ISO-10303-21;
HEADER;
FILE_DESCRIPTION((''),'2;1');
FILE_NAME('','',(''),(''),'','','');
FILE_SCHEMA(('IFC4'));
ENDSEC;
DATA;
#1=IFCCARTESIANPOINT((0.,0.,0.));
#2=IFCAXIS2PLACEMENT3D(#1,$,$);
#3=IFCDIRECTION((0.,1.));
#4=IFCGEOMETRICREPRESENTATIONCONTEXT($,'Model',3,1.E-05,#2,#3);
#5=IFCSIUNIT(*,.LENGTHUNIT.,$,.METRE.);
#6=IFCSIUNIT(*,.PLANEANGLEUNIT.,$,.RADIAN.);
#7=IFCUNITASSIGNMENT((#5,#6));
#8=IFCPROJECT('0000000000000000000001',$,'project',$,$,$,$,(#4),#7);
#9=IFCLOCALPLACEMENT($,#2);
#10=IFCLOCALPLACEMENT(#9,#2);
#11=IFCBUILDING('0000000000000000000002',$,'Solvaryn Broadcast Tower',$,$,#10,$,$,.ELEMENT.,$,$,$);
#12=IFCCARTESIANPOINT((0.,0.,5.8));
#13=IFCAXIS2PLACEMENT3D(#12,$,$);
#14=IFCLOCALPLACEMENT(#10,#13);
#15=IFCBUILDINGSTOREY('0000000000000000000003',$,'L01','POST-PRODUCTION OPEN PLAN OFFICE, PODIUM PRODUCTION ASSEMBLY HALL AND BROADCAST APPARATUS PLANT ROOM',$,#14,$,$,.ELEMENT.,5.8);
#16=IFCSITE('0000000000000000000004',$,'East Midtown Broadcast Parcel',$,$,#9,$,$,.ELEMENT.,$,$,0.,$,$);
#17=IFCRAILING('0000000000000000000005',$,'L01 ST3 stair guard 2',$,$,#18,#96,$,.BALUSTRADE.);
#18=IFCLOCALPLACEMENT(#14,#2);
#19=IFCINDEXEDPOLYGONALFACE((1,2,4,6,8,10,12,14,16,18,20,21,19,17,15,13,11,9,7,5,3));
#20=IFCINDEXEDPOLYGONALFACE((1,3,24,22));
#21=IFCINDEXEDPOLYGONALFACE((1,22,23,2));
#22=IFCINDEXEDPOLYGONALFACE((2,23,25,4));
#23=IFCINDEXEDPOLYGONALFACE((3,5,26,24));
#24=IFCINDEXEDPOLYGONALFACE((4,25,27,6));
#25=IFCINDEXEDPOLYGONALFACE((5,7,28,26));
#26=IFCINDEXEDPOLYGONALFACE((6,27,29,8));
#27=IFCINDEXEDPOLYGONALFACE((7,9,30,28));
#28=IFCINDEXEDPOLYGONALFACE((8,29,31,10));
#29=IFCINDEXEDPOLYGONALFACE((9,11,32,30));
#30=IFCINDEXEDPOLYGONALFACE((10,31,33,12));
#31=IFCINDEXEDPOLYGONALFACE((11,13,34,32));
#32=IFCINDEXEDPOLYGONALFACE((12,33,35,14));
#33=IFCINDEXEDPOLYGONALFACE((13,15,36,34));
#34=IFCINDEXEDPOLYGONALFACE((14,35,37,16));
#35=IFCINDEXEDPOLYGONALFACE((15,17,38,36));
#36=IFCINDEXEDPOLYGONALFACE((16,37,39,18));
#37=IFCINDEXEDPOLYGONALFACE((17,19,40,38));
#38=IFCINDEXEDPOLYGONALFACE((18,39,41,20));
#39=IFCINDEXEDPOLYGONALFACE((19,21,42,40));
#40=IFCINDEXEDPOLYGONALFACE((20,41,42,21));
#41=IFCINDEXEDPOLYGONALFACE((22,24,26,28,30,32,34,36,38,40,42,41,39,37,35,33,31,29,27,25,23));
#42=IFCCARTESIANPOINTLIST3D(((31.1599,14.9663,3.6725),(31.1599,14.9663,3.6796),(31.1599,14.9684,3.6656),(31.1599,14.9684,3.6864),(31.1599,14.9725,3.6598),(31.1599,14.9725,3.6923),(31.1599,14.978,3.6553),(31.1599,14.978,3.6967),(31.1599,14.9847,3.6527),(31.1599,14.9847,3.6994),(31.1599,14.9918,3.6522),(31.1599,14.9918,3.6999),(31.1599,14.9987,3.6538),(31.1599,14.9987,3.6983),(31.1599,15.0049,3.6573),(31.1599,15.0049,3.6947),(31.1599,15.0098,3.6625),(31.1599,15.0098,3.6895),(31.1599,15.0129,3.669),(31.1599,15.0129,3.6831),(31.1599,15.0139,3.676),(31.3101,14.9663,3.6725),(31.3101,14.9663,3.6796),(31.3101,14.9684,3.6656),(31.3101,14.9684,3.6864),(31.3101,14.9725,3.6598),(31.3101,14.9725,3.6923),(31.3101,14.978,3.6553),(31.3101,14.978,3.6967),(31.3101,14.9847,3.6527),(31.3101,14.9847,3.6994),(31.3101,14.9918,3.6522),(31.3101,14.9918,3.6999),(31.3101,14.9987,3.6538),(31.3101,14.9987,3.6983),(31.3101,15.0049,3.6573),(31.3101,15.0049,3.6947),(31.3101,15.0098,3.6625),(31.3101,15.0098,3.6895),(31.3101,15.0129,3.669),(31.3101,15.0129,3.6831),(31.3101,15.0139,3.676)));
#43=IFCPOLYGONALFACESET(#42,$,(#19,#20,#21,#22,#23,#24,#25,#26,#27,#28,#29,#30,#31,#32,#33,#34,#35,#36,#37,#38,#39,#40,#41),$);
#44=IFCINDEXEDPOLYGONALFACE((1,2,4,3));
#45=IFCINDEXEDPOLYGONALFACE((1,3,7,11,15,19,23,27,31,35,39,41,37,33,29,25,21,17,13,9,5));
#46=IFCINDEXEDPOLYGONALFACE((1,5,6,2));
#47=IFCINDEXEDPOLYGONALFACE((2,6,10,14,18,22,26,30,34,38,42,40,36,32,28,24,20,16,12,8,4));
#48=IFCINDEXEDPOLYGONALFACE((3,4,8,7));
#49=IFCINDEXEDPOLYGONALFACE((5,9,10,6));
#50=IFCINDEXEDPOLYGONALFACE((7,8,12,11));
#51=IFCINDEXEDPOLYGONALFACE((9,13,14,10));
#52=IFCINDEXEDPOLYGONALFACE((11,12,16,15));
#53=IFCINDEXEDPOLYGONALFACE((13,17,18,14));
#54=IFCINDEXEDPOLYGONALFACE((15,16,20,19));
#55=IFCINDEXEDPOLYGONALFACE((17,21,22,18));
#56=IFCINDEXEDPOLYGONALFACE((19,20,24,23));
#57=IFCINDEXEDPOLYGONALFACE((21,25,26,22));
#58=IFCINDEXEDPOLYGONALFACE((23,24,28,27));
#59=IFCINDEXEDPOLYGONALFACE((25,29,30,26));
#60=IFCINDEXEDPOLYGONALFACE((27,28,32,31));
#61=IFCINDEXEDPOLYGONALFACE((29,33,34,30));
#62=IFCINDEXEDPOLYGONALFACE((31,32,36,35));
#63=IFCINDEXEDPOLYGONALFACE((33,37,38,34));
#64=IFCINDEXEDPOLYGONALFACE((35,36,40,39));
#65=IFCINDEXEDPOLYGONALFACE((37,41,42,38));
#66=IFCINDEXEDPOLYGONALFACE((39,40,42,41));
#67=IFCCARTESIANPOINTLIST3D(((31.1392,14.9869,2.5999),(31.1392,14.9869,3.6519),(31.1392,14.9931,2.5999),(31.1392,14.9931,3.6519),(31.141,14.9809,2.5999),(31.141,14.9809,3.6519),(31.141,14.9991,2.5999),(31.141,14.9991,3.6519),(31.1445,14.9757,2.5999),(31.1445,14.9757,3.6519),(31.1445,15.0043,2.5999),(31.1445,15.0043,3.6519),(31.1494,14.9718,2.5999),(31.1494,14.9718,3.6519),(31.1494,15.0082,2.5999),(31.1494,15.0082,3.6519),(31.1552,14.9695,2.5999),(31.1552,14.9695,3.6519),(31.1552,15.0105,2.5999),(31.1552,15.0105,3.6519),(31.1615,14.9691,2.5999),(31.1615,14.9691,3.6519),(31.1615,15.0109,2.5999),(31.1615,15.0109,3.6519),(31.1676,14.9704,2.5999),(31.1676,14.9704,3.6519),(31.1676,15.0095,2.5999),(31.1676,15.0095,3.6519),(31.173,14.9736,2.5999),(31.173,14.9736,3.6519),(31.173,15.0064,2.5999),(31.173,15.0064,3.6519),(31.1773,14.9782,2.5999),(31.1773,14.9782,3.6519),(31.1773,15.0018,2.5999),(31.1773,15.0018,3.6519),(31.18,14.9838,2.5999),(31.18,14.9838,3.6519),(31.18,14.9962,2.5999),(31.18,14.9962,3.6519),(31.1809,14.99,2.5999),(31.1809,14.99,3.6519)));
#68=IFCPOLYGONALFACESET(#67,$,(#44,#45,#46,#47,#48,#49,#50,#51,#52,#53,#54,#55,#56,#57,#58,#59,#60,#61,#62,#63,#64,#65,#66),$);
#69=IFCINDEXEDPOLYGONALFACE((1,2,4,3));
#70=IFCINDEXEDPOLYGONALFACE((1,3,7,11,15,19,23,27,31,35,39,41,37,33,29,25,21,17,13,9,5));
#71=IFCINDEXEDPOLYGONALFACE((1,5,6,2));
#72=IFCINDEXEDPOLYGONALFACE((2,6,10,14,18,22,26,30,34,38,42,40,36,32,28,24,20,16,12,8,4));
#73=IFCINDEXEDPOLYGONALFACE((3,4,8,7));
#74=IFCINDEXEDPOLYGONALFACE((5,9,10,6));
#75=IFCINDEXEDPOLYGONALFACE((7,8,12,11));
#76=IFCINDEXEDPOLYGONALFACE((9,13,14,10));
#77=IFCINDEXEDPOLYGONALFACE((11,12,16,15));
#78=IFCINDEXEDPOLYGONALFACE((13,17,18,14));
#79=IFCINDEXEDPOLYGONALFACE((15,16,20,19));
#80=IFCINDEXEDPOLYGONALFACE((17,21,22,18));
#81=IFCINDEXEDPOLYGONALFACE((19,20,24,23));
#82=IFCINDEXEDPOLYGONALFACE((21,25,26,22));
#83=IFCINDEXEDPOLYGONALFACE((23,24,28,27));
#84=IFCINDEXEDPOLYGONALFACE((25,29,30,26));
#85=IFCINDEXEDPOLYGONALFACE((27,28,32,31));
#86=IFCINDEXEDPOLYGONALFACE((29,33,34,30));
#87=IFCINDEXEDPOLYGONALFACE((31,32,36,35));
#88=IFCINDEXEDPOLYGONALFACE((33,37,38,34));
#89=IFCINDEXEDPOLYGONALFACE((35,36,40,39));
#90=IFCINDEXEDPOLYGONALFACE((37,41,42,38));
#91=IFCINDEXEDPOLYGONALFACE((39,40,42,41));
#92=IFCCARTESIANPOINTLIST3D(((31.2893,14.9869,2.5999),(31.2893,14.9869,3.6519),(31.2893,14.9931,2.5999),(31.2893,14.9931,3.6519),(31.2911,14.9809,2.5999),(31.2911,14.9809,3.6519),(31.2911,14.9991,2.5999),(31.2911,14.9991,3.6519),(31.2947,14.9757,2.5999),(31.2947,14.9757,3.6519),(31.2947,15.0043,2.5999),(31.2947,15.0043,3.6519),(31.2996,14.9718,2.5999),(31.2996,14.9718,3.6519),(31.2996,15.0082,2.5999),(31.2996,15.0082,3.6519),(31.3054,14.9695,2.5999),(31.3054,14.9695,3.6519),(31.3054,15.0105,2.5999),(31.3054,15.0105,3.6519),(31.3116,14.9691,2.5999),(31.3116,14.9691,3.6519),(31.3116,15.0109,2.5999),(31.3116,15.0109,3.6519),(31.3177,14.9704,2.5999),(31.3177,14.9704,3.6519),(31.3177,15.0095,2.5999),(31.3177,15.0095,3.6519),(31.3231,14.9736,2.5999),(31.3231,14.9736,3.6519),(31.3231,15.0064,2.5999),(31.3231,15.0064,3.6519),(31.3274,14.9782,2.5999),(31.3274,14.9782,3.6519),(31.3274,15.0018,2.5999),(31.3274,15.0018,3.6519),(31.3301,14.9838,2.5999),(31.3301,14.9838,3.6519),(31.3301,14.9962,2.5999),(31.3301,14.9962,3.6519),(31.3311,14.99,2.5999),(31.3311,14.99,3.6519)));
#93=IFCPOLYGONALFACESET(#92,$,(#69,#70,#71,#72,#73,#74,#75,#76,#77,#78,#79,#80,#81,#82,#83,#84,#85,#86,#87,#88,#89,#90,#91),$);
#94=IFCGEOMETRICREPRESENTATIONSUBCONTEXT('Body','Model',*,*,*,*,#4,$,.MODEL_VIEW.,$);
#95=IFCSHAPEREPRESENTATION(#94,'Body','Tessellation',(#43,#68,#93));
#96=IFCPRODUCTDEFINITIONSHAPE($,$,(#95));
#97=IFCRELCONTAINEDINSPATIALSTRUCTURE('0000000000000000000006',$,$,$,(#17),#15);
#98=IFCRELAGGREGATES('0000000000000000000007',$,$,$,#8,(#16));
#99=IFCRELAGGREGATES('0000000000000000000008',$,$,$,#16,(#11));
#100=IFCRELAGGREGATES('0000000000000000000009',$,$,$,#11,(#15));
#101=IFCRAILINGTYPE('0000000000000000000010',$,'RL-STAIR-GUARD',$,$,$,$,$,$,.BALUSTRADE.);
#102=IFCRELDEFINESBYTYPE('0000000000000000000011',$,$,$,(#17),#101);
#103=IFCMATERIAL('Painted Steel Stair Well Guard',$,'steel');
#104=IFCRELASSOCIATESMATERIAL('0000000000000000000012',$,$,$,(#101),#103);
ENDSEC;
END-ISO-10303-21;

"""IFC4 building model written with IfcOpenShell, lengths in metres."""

from ifc_helpers import new_model, si_unit, direction, frame, origin, origin_2d, place, context, subcontext, project, spatial, circle, extrude, material, type_object, element, save


model = new_model("IFC4")

# Units and contexts
model_context = context("Model", 3, precision=1e-05, world=origin(), true_north=direction((0.0, 1.0)))
body_context = subcontext(model_context, "Body", "Model", "MODEL_VIEW")
ifc_project = project(units=[si_unit("LENGTHUNIT", "METRE"), si_unit("PLANEANGLEUNIT", "RADIAN")], contexts=[model_context])

# Site, building, storey
site_placement = place(None, origin())
site = spatial("IfcSite", under=ifc_project, at=site_placement, Name="East Midtown Broadcast Parcel", CompositionType="ELEMENT", RefElevation=0.0)
building_placement = place(site_placement, origin())
building = spatial("IfcBuilding", under=site, at=building_placement, Name="Solvaryn Broadcast Tower", CompositionType="ELEMENT")
storey_placement = place(building_placement, frame((0.0, 0.0, 5.8)))
storey = spatial("IfcBuildingStorey", under=building, at=storey_placement, Name="L01", Description="POST-PRODUCTION OPEN PLAN OFFICE, PODIUM PRODUCTION ASSEMBLY HALL AND BROADCAST APPARATUS PLANT ROOM", CompositionType="ELEMENT", Elevation=5.8)

# Railing
ifc_material_1 = material(Name="Painted Steel Stair Well Guard", Category="steel")
railing_type_1 = type_object("IfcRailingType", Name="RL-STAIR-GUARD", PredefinedType="BALUSTRADE", material=ifc_material_1)
railing_1_placement = place(storey_placement, frame((31.1599, 14.99, 2.5999)))
element("IfcRailing", 1, at=railing_1_placement, inside=storey, type_object=railing_type_1, Name="L01 ST3 stair guard 2", PredefinedType="BALUSTRADE", context=body_context, shape_type="SweptSolid", body=[
    extrude(circle(Radius=0.0239, at=origin_2d()), frame((0.0, 0.0, 1.0762), z_axis=(1.0, 0.0, 0.0), x_axis=(0.0, 1.0, 0.0)), (0.0, 0.0, 1.0), 0.1501),
    extrude(circle(Radius=0.021, at=origin_2d()), origin(), (0.0, 0.0, 1.0), 1.052),
    extrude(circle(Radius=0.021, at=origin_2d()), frame((0.1501, 0.0, 0.0)), (0.0, 0.0, 1.0), 1.052),
])

save(model, "model.ifc")
